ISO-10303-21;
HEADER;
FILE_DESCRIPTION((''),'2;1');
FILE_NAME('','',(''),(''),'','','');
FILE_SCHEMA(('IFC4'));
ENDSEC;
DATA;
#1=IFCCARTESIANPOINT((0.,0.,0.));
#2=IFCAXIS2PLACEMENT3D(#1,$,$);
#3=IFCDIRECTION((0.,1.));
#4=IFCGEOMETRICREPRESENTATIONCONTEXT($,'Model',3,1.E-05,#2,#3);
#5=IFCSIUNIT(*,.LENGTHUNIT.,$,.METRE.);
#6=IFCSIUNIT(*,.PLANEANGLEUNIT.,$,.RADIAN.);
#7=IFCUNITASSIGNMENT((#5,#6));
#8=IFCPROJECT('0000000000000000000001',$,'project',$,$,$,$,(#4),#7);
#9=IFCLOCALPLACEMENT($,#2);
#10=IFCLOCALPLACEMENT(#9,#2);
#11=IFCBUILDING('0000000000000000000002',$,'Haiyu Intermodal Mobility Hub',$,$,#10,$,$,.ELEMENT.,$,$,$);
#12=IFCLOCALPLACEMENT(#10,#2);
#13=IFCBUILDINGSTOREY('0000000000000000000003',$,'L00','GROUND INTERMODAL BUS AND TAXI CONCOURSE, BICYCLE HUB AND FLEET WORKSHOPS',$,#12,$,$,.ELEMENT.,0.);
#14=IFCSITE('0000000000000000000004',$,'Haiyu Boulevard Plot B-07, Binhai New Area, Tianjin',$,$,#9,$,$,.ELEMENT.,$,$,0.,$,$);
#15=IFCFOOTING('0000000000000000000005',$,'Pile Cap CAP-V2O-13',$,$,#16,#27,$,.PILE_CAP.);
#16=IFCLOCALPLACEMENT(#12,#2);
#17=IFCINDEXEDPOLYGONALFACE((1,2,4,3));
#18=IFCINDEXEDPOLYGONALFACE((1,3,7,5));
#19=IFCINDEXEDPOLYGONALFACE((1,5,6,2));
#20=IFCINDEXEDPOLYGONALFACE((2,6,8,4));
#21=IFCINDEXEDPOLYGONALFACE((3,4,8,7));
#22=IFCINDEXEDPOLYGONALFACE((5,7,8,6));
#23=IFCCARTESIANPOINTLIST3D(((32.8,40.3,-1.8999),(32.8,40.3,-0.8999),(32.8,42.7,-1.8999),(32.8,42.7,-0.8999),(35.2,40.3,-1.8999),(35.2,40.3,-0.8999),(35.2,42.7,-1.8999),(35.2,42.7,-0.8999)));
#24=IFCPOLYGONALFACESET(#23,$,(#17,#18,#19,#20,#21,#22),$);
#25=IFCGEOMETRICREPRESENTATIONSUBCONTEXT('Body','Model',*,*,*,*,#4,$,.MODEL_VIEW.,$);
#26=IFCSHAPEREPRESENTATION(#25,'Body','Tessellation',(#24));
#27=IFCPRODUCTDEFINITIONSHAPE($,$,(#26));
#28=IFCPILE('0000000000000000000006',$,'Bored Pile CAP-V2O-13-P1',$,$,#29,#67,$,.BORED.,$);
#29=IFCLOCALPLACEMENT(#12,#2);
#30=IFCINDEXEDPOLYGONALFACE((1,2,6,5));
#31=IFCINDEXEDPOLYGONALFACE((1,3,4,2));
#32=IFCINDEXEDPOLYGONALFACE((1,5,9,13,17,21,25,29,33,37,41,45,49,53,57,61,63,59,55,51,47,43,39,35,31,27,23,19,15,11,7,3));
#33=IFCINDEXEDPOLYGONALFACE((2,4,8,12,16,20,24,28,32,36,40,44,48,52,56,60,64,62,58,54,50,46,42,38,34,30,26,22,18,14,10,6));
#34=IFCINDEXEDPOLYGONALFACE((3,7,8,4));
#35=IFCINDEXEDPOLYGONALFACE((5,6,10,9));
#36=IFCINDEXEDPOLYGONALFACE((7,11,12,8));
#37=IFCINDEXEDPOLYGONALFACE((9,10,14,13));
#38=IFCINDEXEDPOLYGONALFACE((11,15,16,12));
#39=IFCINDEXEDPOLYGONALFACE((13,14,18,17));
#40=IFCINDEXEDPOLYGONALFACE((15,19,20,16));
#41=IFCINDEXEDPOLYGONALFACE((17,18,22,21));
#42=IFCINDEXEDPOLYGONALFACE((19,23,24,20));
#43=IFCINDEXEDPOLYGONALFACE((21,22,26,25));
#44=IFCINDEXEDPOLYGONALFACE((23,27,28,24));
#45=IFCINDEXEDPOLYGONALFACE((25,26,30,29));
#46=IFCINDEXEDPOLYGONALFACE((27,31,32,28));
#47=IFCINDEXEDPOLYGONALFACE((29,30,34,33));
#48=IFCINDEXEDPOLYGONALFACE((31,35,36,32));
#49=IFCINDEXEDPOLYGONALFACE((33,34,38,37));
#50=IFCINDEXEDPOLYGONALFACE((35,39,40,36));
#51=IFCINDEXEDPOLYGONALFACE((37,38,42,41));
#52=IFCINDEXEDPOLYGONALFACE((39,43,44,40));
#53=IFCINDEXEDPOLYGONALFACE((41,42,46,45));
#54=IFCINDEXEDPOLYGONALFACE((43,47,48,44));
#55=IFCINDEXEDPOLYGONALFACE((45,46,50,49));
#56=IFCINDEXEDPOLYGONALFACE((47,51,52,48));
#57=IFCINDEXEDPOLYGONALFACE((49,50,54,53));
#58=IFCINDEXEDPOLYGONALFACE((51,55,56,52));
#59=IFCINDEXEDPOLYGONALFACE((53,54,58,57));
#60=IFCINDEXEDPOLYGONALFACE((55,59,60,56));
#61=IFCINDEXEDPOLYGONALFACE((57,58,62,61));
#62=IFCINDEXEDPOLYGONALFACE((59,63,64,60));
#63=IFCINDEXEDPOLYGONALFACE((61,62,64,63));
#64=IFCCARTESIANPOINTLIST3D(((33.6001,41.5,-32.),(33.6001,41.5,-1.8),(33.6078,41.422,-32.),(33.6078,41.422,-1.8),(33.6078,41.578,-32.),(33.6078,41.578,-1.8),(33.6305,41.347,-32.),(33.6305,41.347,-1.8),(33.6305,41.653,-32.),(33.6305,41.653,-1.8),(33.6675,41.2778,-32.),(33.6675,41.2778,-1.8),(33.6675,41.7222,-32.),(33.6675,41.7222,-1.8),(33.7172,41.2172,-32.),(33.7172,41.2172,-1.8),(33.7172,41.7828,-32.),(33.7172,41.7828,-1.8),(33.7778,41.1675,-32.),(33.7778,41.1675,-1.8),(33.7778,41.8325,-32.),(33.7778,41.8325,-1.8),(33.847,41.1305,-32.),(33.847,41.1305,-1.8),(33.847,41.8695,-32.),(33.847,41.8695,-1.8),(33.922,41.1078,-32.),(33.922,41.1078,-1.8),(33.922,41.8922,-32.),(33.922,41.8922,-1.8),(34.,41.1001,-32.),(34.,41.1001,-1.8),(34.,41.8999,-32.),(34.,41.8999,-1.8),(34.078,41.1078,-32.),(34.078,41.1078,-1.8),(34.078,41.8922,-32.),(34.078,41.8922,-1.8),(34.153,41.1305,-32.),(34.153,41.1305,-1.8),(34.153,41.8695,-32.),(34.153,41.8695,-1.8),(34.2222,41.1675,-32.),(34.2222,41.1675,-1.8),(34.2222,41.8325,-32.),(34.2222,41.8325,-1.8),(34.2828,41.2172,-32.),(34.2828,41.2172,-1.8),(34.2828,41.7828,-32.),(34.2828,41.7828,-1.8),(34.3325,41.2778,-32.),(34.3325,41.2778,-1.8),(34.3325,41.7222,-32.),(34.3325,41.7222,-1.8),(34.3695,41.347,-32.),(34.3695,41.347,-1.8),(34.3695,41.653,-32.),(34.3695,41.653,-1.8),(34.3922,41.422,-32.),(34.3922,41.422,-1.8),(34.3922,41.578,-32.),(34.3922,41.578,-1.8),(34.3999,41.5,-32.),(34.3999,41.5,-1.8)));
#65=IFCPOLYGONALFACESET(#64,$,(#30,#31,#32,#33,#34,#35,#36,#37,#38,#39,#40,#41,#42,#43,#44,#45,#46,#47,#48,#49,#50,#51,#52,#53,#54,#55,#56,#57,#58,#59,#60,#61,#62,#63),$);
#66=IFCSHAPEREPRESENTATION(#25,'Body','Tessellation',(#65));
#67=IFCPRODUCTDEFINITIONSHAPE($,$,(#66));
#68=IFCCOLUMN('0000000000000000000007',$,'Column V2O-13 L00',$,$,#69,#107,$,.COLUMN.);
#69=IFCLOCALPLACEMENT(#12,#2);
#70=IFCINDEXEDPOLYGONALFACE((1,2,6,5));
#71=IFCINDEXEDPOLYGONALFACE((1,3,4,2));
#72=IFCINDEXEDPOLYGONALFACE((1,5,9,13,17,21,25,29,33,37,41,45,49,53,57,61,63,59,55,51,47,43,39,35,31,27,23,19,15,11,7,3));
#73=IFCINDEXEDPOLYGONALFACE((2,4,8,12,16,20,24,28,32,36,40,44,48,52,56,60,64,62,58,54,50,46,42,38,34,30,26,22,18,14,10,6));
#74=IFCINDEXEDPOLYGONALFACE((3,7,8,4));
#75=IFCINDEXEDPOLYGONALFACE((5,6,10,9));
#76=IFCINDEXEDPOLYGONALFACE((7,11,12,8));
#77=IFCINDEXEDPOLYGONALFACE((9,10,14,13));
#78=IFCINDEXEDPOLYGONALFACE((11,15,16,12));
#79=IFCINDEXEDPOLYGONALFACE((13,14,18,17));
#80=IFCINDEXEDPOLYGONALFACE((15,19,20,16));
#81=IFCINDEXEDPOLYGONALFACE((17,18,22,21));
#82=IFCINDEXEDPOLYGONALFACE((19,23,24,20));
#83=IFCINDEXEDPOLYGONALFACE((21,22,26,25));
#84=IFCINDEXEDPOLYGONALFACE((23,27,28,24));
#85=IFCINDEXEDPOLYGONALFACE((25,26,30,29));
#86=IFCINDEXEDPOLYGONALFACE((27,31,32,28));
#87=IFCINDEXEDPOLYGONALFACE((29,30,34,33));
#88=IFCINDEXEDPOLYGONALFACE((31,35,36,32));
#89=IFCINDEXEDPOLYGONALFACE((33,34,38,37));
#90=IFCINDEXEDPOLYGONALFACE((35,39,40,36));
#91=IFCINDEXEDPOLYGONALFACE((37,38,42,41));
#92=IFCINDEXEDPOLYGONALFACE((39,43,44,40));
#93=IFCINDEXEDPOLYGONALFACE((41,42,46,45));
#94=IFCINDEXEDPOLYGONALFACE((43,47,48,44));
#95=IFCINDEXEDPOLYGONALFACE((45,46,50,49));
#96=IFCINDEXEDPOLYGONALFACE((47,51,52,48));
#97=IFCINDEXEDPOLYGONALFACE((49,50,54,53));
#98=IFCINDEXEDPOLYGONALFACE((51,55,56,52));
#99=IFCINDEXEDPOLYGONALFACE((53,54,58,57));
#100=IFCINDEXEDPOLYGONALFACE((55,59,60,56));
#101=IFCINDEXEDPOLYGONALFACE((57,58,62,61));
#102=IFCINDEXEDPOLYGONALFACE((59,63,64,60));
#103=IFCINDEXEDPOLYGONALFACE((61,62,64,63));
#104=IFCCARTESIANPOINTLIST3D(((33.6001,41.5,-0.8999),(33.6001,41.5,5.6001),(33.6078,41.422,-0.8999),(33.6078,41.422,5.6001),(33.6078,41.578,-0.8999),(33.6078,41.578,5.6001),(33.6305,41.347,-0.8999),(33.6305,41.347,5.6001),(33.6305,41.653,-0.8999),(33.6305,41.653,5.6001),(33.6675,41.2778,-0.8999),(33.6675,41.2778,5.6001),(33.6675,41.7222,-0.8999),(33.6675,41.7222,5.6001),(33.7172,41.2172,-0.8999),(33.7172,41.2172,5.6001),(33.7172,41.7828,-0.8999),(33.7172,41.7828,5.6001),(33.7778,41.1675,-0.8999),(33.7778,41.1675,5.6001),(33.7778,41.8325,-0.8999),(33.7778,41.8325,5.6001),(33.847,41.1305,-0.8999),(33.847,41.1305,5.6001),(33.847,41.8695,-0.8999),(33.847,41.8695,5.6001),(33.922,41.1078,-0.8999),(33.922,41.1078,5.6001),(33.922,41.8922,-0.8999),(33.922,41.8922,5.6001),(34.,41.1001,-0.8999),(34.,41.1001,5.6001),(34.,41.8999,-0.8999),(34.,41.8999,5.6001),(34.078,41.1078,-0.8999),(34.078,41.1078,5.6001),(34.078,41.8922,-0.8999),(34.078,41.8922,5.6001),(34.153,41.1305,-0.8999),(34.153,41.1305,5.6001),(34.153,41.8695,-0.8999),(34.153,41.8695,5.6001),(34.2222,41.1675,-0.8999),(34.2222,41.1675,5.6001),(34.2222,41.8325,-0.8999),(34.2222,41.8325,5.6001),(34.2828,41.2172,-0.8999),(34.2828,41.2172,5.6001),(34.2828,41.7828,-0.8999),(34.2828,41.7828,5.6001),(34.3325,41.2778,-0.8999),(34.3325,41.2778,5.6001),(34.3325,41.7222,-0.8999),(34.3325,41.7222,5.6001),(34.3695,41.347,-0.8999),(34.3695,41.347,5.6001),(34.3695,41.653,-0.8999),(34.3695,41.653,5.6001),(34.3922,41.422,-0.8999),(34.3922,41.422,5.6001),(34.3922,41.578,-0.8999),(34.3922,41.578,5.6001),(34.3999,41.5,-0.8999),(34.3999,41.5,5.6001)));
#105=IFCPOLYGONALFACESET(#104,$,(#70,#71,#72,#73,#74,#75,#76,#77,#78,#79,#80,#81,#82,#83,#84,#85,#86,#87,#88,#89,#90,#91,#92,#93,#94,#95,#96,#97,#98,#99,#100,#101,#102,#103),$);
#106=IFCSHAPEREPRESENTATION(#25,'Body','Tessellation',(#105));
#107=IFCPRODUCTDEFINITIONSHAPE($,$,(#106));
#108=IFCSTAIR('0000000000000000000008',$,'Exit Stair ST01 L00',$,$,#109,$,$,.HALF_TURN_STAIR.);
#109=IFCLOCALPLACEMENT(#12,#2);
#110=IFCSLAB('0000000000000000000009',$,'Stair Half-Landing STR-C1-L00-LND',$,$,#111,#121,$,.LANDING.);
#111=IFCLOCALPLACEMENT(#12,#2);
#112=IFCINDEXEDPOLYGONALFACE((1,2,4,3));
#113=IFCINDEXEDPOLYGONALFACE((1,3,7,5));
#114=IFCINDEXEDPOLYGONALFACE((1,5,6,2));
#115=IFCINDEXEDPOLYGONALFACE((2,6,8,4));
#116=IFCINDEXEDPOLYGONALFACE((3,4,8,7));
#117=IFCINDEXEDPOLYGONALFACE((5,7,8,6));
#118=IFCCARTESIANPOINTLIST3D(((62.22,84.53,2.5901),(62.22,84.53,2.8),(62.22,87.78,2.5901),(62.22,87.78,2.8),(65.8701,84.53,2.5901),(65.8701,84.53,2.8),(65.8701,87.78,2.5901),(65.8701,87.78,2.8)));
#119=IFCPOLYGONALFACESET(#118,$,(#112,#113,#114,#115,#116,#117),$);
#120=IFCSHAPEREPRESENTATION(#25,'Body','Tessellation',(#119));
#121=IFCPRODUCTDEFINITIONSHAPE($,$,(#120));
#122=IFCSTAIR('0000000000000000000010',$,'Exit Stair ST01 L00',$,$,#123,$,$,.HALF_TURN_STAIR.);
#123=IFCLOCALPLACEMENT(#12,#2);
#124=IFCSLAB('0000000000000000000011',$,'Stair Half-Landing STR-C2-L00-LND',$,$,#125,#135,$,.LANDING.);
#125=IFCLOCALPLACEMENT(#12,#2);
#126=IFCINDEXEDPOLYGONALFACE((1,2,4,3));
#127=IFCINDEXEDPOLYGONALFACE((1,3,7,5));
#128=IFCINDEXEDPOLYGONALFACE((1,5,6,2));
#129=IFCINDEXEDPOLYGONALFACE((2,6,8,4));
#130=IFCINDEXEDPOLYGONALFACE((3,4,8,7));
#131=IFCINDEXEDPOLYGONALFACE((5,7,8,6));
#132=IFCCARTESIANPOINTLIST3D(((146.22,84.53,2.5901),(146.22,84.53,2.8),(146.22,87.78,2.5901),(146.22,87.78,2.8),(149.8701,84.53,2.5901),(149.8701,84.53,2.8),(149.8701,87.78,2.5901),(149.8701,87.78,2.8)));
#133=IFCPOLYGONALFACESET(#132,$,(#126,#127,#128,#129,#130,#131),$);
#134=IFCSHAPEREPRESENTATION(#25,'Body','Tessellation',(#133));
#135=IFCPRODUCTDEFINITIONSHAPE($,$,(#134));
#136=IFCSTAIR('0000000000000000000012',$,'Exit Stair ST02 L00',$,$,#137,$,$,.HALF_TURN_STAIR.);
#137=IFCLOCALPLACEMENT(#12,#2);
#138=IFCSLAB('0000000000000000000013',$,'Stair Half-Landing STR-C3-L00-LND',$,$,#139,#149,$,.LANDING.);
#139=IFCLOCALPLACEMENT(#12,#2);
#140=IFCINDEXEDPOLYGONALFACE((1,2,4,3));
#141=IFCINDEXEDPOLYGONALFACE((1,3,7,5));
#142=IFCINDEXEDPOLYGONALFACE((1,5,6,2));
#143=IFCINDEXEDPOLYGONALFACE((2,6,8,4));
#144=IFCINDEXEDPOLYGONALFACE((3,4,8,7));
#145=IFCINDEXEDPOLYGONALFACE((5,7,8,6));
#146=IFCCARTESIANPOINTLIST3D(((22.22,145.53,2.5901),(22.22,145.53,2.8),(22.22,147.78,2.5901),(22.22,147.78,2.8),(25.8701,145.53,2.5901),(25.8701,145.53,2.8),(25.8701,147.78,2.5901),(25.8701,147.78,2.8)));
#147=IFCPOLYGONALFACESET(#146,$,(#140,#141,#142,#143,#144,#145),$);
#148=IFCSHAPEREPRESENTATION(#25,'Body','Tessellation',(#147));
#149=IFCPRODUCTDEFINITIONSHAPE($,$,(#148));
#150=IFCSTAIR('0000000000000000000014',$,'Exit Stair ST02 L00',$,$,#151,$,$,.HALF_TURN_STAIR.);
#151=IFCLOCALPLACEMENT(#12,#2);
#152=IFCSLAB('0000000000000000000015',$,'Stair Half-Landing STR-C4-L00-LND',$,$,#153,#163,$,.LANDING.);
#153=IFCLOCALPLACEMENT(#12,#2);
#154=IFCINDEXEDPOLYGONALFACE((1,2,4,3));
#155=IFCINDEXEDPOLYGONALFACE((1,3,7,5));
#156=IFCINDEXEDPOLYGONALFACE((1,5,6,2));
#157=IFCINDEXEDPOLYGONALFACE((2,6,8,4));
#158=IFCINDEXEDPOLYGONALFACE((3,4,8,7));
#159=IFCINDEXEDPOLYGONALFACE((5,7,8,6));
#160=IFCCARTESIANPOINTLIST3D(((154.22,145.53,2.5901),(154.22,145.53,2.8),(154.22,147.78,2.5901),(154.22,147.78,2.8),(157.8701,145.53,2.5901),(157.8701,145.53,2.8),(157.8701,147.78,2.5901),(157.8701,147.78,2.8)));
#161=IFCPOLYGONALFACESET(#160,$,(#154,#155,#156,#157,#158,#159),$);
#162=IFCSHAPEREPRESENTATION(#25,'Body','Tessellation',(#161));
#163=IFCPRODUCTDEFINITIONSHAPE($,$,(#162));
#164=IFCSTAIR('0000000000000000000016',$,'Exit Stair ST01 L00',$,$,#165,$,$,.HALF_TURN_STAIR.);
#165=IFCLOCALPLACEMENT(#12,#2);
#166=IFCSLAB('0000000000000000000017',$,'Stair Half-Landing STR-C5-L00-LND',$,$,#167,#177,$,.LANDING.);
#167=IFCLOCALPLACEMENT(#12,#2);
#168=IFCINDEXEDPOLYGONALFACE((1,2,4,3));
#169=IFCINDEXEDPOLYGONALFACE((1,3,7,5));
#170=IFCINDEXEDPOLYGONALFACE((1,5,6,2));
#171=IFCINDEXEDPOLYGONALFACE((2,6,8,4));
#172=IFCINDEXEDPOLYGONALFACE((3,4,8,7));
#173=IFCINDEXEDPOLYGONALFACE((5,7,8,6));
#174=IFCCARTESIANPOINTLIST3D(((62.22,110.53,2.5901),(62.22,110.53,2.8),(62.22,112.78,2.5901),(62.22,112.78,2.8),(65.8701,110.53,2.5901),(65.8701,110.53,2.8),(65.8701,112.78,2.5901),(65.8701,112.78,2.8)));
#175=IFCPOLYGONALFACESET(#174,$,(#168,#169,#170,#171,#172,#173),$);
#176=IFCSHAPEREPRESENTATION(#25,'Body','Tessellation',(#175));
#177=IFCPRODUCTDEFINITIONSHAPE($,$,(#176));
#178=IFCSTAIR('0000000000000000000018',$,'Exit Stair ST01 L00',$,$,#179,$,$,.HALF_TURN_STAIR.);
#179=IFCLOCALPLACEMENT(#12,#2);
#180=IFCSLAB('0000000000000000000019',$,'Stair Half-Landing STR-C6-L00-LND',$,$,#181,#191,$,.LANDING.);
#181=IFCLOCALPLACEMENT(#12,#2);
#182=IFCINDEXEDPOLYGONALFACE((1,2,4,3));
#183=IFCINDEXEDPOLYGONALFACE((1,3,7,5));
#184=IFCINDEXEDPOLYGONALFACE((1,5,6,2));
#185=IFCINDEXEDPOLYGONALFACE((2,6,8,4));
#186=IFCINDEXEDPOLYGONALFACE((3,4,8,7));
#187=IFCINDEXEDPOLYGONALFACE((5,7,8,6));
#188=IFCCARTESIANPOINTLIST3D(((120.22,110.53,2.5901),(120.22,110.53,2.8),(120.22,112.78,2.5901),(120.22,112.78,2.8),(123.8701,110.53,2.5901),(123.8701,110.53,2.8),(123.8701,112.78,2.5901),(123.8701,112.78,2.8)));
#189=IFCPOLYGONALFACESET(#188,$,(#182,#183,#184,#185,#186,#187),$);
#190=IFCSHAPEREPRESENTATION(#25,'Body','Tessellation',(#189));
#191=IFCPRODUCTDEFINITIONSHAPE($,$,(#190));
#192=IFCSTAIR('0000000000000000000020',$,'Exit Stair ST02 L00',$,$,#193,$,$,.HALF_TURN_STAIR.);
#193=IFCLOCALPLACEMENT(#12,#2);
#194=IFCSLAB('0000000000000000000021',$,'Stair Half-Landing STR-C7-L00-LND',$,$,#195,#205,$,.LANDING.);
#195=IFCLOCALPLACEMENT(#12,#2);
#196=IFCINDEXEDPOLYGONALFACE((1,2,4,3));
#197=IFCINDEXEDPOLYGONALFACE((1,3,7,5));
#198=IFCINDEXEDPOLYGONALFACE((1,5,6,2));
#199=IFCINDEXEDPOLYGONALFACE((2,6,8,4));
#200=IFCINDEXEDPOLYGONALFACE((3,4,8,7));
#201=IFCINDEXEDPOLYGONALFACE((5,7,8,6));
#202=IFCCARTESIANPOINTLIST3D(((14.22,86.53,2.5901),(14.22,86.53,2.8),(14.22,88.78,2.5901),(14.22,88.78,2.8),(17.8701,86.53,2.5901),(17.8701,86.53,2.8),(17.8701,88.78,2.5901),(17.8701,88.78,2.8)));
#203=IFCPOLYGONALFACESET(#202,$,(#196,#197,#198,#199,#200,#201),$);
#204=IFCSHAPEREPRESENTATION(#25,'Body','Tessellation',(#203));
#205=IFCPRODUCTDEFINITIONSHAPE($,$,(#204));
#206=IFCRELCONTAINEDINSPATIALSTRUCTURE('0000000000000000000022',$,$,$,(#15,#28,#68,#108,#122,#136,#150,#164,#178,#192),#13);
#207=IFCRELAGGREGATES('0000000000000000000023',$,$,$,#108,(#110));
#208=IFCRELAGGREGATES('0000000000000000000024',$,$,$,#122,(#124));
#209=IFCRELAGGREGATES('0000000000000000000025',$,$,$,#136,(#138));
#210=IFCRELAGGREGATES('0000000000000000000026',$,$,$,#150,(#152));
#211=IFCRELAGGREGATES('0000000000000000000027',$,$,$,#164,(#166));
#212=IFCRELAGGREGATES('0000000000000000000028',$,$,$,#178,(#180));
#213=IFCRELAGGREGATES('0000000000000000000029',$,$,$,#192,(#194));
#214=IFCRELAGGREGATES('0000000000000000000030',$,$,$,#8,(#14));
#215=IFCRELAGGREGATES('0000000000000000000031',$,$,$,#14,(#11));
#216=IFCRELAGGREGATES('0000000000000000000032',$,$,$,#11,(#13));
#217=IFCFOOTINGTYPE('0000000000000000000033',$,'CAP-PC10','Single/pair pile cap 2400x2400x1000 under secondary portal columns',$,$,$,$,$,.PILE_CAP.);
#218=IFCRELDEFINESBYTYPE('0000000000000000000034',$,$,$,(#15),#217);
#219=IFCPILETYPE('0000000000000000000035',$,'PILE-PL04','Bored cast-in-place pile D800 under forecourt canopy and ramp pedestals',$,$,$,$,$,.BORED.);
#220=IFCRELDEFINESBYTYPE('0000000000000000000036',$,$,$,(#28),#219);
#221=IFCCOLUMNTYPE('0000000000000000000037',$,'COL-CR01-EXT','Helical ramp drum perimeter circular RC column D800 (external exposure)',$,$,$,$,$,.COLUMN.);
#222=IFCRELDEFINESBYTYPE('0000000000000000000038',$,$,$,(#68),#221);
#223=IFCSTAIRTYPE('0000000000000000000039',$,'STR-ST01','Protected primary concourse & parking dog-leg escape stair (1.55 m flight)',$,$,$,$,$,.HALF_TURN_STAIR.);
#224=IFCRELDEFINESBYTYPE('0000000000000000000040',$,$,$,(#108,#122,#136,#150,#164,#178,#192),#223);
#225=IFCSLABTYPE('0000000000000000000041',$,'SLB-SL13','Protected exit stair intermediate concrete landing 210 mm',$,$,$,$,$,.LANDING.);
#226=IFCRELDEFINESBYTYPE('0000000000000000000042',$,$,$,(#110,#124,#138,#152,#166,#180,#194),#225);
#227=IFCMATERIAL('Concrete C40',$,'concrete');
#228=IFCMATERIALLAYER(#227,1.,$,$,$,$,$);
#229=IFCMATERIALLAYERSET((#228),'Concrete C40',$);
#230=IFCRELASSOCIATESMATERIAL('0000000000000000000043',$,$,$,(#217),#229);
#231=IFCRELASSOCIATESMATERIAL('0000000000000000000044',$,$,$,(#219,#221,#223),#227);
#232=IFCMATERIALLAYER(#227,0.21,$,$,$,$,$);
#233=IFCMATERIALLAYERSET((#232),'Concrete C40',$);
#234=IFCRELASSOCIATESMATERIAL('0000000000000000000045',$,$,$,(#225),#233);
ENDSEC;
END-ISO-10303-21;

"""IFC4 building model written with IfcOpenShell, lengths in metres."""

from ifc_helpers import new_model, si_unit, direction, frame, origin, origin_2d, place, context, subcontext, project, spatial, polyline, rectangle, circle, outline, extrude, material, layer, layer_set, material_profile, profile_set, type_object, element, aggregate, save


model = new_model("IFC4")

# Units and contexts
model_context = context("Model", 3, precision=1e-05, world=origin(), true_north=direction((0.0, 1.0)))
body_context = subcontext(model_context, "Body", "Model", "MODEL_VIEW")
ifc_project = project(units=[si_unit("LENGTHUNIT", "METRE"), si_unit("PLANEANGLEUNIT", "RADIAN")], contexts=[model_context])

# Site, building, storey
site_placement = place(None, origin())
site = spatial("IfcSite", under=ifc_project, at=site_placement, Name="Haiyu Boulevard Plot B-07, Binhai New Area, Tianjin", CompositionType="ELEMENT", RefElevation=0.0)
building_placement = place(site_placement, origin())
building = spatial("IfcBuilding", under=site, at=building_placement, Name="Haiyu Intermodal Mobility Hub", CompositionType="ELEMENT")
storey_placement = place(building_placement, origin())
storey = spatial("IfcBuildingStorey", under=building, at=storey_placement, Name="L00", Description="GROUND INTERMODAL BUS AND TAXI CONCOURSE, BICYCLE HUB AND FLEET WORKSHOPS", CompositionType="ELEMENT", Elevation=0.0)

# Footing
ifc_material_1 = material(Name="Concrete C40", Category="concrete")
ifc_layer_1 = layer(ifc_material_1, 1.0)
ifc_layer_set_1 = layer_set([ifc_layer_1], Name="Concrete C40")
footing_type = type_object("IfcFootingType", Name="CAP-PC10", Description="Single/pair pile cap 2400x2400x1000 under secondary portal columns", PredefinedType="PILE_CAP", material=ifc_layer_set_1)
footing_placement = place(storey_placement, frame((34.0, 41.5, -1.8999), z_axis=(0.0, 0.0, 1.0), x_axis=(1.0, 0.0, 0.0)))
element("IfcFooting", 1, at=footing_placement, inside=storey, type_object=footing_type, Name="Pile Cap CAP-V2O-13", PredefinedType="PILE_CAP", context=body_context, shape_type="SweptSolid", body=[
    extrude(rectangle(XDim=2.3999, YDim=2.3999, at=origin_2d()), origin(), (0.0, 0.0, 1.0), 1.0),
])

# Pile
ifc_material_profile_1 = material_profile(ifc_material_1, circle(Radius=0.3999, at=origin_2d()), Name="PILE-D800")
ifc_profile_set_1 = profile_set([ifc_material_profile_1], Name="Concrete C40")
pile_type = type_object("IfcPileType", Name="PILE-PL04", Description="Bored cast-in-place pile D800 under forecourt canopy and ramp pedestals", PredefinedType="BORED", material=ifc_profile_set_1)
pile_placement = place(storey_placement, frame((34.0, 41.5, -1.8), z_axis=(0.0, 0.0, -1.0), x_axis=(1.0, 0.0, 0.0)))
element("IfcPile", 2, at=pile_placement, inside=storey, type_object=pile_type, Name="Bored Pile CAP-V2O-13-P1", PredefinedType="BORED", context=body_context, shape_type="SweptSolid", body=[
    extrude(circle(Radius=0.3999, at=origin_2d()), origin(), (0.0, 0.0, 1.0), 30.2),
])

# Column
ifc_material_profile_2 = material_profile(ifc_material_1, circle(Radius=0.3999, at=origin_2d()), Name="RCCOL-D800")
ifc_profile_set_2 = profile_set([ifc_material_profile_2], Name="Concrete C40")
column_type = type_object("IfcColumnType", Name="COL-CR01-EXT", Description="Helical ramp drum perimeter circular RC column D800 (external exposure)", PredefinedType="COLUMN", material=ifc_profile_set_2)
column_placement = place(storey_placement, frame((34.0, 41.5, -0.8999), z_axis=(0.0, 0.0, 1.0), x_axis=(1.0, 0.0, 0.0)))
element("IfcColumn", 3, at=column_placement, inside=storey, type_object=column_type, Name="Column V2O-13 L00", PredefinedType="COLUMN", context=body_context, shape_type="SweptSolid", body=[
    extrude(circle(Radius=0.3999, at=origin_2d()), origin(), (0.0, 0.0, 1.0), 6.5),
])

# Stairs, slabs
stair_type_1 = type_object("IfcStairType", Name="STR-ST01", Description="Protected primary concourse & parking dog-leg escape stair (1.55 m flight)", PredefinedType="HALF_TURN_STAIR", material=ifc_material_1)
stair_1_placement = place(storey_placement, origin())
stair_1 = element("IfcStair", 4, at=stair_1_placement, inside=storey, type_object=stair_type_1, Name="Exit Stair ST01 L00", PredefinedType="HALF_TURN_STAIR")
ifc_layer_2 = layer(ifc_material_1, 0.21)
ifc_layer_set_2 = layer_set([ifc_layer_2], Name="Concrete C40")
slab_type_1 = type_object("IfcSlabType", Name="SLB-SL13", Description="Protected exit stair intermediate concrete landing 210 mm", PredefinedType="LANDING", material=ifc_layer_set_2)
slab_1_placement = place(storey_placement, frame((0.0, 0.0, 2.5901)))
slab_1 = element("IfcSlab", 5, at=slab_1_placement, type_object=slab_type_1, Name="Stair Half-Landing STR-C1-L00-LND", PredefinedType="LANDING", context=body_context, shape_type="SweptSolid", body=[
    extrude(outline(polyline([(62.22, 84.53), (65.8701, 84.53), (65.8701, 87.78), (62.22, 87.78), (62.22, 84.53)])), origin(), (0.0, 0.0, 1.0), 0.21),
])
aggregate(stair_1, [slab_1])
stair_2_placement = place(storey_placement, origin())
stair_2 = element("IfcStair", 6, at=stair_2_placement, inside=storey, type_object=stair_type_1, Name="Exit Stair ST01 L00", PredefinedType="HALF_TURN_STAIR")
slab_2_placement = place(storey_placement, frame((0.0, 0.0, 2.5901)))
slab_2 = element("IfcSlab", 7, at=slab_2_placement, type_object=slab_type_1, Name="Stair Half-Landing STR-C2-L00-LND", PredefinedType="LANDING", context=body_context, shape_type="SweptSolid", body=[
    extrude(outline(polyline([(146.22, 84.53), (149.8701, 84.53), (149.8701, 87.78), (146.22, 87.78), (146.22, 84.53)])), origin(), (0.0, 0.0, 1.0), 0.21),
])
aggregate(stair_2, [slab_2])
stair_3_placement = place(storey_placement, origin())
stair_3 = element("IfcStair", 8, at=stair_3_placement, inside=storey, type_object=stair_type_1, Name="Exit Stair ST02 L00", PredefinedType="HALF_TURN_STAIR")
slab_3_placement = place(storey_placement, frame((0.0, 0.0, 2.5901)))
slab_3 = element("IfcSlab", 9, at=slab_3_placement, type_object=slab_type_1, Name="Stair Half-Landing STR-C3-L00-LND", PredefinedType="LANDING", context=body_context, shape_type="SweptSolid", body=[
    extrude(outline(polyline([(22.22, 145.53), (25.8701, 145.53), (25.8701, 147.78), (22.22, 147.78), (22.22, 145.53)])), origin(), (0.0, 0.0, 1.0), 0.21),
])
aggregate(stair_3, [slab_3])
stair_4_placement = place(storey_placement, origin())
stair_4 = element("IfcStair", 10, at=stair_4_placement, inside=storey, type_object=stair_type_1, Name="Exit Stair ST02 L00", PredefinedType="HALF_TURN_STAIR")
slab_4_placement = place(storey_placement, frame((0.0, 0.0, 2.5901)))
slab_4 = element("IfcSlab", 11, at=slab_4_placement, type_object=slab_type_1, Name="Stair Half-Landing STR-C4-L00-LND", PredefinedType="LANDING", context=body_context, shape_type="SweptSolid", body=[
    extrude(outline(polyline([(154.22, 145.53), (157.8701, 145.53), (157.8701, 147.78), (154.22, 147.78), (154.22, 145.53)])), origin(), (0.0, 0.0, 1.0), 0.21),
])
aggregate(stair_4, [slab_4])
stair_5_placement = place(storey_placement, origin())
stair_5 = element("IfcStair", 12, at=stair_5_placement, inside=storey, type_object=stair_type_1, Name="Exit Stair ST01 L00", PredefinedType="HALF_TURN_STAIR")
slab_5_placement = place(storey_placement, frame((0.0, 0.0, 2.5901)))
slab_5 = element("IfcSlab", 13, at=slab_5_placement, type_object=slab_type_1, Name="Stair Half-Landing STR-C5-L00-LND", PredefinedType="LANDING", context=body_context, shape_type="SweptSolid", body=[
    extrude(outline(polyline([(62.22, 110.53), (65.8701, 110.53), (65.8701, 112.78), (62.22, 112.78), (62.22, 110.53)])), origin(), (0.0, 0.0, 1.0), 0.21),
])
aggregate(stair_5, [slab_5])
stair_6_placement = place(storey_placement, origin())
stair_6 = element("IfcStair", 14, at=stair_6_placement, inside=storey, type_object=stair_type_1, Name="Exit Stair ST01 L00", PredefinedType="HALF_TURN_STAIR")
slab_6_placement = place(storey_placement, frame((0.0, 0.0, 2.5901)))
slab_6 = element("IfcSlab", 15, at=slab_6_placement, type_object=slab_type_1, Name="Stair Half-Landing STR-C6-L00-LND", PredefinedType="LANDING", context=body_context, shape_type="SweptSolid", body=[
    extrude(outline(polyline([(120.22, 110.53), (123.8701, 110.53), (123.8701, 112.78), (120.22, 112.78), (120.22, 110.53)])), origin(), (0.0, 0.0, 1.0), 0.21),
])
aggregate(stair_6, [slab_6])
stair_7_placement = place(storey_placement, origin())
stair_7 = element("IfcStair", 16, at=stair_7_placement, inside=storey, type_object=stair_type_1, Name="Exit Stair ST02 L00", PredefinedType="HALF_TURN_STAIR")
slab_7_placement = place(storey_placement, frame((0.0, 0.0, 2.5901)))
slab_7 = element("IfcSlab", 17, at=slab_7_placement, type_object=slab_type_1, Name="Stair Half-Landing STR-C7-L00-LND", PredefinedType="LANDING", context=body_context, shape_type="SweptSolid", body=[
    extrude(outline(polyline([(14.22, 86.53), (17.8701, 86.53), (17.8701, 88.78), (14.22, 88.78), (14.22, 86.53)])), origin(), (0.0, 0.0, 1.0), 0.21),
])
aggregate(stair_7, [slab_7])

save(model, "model.ifc")
